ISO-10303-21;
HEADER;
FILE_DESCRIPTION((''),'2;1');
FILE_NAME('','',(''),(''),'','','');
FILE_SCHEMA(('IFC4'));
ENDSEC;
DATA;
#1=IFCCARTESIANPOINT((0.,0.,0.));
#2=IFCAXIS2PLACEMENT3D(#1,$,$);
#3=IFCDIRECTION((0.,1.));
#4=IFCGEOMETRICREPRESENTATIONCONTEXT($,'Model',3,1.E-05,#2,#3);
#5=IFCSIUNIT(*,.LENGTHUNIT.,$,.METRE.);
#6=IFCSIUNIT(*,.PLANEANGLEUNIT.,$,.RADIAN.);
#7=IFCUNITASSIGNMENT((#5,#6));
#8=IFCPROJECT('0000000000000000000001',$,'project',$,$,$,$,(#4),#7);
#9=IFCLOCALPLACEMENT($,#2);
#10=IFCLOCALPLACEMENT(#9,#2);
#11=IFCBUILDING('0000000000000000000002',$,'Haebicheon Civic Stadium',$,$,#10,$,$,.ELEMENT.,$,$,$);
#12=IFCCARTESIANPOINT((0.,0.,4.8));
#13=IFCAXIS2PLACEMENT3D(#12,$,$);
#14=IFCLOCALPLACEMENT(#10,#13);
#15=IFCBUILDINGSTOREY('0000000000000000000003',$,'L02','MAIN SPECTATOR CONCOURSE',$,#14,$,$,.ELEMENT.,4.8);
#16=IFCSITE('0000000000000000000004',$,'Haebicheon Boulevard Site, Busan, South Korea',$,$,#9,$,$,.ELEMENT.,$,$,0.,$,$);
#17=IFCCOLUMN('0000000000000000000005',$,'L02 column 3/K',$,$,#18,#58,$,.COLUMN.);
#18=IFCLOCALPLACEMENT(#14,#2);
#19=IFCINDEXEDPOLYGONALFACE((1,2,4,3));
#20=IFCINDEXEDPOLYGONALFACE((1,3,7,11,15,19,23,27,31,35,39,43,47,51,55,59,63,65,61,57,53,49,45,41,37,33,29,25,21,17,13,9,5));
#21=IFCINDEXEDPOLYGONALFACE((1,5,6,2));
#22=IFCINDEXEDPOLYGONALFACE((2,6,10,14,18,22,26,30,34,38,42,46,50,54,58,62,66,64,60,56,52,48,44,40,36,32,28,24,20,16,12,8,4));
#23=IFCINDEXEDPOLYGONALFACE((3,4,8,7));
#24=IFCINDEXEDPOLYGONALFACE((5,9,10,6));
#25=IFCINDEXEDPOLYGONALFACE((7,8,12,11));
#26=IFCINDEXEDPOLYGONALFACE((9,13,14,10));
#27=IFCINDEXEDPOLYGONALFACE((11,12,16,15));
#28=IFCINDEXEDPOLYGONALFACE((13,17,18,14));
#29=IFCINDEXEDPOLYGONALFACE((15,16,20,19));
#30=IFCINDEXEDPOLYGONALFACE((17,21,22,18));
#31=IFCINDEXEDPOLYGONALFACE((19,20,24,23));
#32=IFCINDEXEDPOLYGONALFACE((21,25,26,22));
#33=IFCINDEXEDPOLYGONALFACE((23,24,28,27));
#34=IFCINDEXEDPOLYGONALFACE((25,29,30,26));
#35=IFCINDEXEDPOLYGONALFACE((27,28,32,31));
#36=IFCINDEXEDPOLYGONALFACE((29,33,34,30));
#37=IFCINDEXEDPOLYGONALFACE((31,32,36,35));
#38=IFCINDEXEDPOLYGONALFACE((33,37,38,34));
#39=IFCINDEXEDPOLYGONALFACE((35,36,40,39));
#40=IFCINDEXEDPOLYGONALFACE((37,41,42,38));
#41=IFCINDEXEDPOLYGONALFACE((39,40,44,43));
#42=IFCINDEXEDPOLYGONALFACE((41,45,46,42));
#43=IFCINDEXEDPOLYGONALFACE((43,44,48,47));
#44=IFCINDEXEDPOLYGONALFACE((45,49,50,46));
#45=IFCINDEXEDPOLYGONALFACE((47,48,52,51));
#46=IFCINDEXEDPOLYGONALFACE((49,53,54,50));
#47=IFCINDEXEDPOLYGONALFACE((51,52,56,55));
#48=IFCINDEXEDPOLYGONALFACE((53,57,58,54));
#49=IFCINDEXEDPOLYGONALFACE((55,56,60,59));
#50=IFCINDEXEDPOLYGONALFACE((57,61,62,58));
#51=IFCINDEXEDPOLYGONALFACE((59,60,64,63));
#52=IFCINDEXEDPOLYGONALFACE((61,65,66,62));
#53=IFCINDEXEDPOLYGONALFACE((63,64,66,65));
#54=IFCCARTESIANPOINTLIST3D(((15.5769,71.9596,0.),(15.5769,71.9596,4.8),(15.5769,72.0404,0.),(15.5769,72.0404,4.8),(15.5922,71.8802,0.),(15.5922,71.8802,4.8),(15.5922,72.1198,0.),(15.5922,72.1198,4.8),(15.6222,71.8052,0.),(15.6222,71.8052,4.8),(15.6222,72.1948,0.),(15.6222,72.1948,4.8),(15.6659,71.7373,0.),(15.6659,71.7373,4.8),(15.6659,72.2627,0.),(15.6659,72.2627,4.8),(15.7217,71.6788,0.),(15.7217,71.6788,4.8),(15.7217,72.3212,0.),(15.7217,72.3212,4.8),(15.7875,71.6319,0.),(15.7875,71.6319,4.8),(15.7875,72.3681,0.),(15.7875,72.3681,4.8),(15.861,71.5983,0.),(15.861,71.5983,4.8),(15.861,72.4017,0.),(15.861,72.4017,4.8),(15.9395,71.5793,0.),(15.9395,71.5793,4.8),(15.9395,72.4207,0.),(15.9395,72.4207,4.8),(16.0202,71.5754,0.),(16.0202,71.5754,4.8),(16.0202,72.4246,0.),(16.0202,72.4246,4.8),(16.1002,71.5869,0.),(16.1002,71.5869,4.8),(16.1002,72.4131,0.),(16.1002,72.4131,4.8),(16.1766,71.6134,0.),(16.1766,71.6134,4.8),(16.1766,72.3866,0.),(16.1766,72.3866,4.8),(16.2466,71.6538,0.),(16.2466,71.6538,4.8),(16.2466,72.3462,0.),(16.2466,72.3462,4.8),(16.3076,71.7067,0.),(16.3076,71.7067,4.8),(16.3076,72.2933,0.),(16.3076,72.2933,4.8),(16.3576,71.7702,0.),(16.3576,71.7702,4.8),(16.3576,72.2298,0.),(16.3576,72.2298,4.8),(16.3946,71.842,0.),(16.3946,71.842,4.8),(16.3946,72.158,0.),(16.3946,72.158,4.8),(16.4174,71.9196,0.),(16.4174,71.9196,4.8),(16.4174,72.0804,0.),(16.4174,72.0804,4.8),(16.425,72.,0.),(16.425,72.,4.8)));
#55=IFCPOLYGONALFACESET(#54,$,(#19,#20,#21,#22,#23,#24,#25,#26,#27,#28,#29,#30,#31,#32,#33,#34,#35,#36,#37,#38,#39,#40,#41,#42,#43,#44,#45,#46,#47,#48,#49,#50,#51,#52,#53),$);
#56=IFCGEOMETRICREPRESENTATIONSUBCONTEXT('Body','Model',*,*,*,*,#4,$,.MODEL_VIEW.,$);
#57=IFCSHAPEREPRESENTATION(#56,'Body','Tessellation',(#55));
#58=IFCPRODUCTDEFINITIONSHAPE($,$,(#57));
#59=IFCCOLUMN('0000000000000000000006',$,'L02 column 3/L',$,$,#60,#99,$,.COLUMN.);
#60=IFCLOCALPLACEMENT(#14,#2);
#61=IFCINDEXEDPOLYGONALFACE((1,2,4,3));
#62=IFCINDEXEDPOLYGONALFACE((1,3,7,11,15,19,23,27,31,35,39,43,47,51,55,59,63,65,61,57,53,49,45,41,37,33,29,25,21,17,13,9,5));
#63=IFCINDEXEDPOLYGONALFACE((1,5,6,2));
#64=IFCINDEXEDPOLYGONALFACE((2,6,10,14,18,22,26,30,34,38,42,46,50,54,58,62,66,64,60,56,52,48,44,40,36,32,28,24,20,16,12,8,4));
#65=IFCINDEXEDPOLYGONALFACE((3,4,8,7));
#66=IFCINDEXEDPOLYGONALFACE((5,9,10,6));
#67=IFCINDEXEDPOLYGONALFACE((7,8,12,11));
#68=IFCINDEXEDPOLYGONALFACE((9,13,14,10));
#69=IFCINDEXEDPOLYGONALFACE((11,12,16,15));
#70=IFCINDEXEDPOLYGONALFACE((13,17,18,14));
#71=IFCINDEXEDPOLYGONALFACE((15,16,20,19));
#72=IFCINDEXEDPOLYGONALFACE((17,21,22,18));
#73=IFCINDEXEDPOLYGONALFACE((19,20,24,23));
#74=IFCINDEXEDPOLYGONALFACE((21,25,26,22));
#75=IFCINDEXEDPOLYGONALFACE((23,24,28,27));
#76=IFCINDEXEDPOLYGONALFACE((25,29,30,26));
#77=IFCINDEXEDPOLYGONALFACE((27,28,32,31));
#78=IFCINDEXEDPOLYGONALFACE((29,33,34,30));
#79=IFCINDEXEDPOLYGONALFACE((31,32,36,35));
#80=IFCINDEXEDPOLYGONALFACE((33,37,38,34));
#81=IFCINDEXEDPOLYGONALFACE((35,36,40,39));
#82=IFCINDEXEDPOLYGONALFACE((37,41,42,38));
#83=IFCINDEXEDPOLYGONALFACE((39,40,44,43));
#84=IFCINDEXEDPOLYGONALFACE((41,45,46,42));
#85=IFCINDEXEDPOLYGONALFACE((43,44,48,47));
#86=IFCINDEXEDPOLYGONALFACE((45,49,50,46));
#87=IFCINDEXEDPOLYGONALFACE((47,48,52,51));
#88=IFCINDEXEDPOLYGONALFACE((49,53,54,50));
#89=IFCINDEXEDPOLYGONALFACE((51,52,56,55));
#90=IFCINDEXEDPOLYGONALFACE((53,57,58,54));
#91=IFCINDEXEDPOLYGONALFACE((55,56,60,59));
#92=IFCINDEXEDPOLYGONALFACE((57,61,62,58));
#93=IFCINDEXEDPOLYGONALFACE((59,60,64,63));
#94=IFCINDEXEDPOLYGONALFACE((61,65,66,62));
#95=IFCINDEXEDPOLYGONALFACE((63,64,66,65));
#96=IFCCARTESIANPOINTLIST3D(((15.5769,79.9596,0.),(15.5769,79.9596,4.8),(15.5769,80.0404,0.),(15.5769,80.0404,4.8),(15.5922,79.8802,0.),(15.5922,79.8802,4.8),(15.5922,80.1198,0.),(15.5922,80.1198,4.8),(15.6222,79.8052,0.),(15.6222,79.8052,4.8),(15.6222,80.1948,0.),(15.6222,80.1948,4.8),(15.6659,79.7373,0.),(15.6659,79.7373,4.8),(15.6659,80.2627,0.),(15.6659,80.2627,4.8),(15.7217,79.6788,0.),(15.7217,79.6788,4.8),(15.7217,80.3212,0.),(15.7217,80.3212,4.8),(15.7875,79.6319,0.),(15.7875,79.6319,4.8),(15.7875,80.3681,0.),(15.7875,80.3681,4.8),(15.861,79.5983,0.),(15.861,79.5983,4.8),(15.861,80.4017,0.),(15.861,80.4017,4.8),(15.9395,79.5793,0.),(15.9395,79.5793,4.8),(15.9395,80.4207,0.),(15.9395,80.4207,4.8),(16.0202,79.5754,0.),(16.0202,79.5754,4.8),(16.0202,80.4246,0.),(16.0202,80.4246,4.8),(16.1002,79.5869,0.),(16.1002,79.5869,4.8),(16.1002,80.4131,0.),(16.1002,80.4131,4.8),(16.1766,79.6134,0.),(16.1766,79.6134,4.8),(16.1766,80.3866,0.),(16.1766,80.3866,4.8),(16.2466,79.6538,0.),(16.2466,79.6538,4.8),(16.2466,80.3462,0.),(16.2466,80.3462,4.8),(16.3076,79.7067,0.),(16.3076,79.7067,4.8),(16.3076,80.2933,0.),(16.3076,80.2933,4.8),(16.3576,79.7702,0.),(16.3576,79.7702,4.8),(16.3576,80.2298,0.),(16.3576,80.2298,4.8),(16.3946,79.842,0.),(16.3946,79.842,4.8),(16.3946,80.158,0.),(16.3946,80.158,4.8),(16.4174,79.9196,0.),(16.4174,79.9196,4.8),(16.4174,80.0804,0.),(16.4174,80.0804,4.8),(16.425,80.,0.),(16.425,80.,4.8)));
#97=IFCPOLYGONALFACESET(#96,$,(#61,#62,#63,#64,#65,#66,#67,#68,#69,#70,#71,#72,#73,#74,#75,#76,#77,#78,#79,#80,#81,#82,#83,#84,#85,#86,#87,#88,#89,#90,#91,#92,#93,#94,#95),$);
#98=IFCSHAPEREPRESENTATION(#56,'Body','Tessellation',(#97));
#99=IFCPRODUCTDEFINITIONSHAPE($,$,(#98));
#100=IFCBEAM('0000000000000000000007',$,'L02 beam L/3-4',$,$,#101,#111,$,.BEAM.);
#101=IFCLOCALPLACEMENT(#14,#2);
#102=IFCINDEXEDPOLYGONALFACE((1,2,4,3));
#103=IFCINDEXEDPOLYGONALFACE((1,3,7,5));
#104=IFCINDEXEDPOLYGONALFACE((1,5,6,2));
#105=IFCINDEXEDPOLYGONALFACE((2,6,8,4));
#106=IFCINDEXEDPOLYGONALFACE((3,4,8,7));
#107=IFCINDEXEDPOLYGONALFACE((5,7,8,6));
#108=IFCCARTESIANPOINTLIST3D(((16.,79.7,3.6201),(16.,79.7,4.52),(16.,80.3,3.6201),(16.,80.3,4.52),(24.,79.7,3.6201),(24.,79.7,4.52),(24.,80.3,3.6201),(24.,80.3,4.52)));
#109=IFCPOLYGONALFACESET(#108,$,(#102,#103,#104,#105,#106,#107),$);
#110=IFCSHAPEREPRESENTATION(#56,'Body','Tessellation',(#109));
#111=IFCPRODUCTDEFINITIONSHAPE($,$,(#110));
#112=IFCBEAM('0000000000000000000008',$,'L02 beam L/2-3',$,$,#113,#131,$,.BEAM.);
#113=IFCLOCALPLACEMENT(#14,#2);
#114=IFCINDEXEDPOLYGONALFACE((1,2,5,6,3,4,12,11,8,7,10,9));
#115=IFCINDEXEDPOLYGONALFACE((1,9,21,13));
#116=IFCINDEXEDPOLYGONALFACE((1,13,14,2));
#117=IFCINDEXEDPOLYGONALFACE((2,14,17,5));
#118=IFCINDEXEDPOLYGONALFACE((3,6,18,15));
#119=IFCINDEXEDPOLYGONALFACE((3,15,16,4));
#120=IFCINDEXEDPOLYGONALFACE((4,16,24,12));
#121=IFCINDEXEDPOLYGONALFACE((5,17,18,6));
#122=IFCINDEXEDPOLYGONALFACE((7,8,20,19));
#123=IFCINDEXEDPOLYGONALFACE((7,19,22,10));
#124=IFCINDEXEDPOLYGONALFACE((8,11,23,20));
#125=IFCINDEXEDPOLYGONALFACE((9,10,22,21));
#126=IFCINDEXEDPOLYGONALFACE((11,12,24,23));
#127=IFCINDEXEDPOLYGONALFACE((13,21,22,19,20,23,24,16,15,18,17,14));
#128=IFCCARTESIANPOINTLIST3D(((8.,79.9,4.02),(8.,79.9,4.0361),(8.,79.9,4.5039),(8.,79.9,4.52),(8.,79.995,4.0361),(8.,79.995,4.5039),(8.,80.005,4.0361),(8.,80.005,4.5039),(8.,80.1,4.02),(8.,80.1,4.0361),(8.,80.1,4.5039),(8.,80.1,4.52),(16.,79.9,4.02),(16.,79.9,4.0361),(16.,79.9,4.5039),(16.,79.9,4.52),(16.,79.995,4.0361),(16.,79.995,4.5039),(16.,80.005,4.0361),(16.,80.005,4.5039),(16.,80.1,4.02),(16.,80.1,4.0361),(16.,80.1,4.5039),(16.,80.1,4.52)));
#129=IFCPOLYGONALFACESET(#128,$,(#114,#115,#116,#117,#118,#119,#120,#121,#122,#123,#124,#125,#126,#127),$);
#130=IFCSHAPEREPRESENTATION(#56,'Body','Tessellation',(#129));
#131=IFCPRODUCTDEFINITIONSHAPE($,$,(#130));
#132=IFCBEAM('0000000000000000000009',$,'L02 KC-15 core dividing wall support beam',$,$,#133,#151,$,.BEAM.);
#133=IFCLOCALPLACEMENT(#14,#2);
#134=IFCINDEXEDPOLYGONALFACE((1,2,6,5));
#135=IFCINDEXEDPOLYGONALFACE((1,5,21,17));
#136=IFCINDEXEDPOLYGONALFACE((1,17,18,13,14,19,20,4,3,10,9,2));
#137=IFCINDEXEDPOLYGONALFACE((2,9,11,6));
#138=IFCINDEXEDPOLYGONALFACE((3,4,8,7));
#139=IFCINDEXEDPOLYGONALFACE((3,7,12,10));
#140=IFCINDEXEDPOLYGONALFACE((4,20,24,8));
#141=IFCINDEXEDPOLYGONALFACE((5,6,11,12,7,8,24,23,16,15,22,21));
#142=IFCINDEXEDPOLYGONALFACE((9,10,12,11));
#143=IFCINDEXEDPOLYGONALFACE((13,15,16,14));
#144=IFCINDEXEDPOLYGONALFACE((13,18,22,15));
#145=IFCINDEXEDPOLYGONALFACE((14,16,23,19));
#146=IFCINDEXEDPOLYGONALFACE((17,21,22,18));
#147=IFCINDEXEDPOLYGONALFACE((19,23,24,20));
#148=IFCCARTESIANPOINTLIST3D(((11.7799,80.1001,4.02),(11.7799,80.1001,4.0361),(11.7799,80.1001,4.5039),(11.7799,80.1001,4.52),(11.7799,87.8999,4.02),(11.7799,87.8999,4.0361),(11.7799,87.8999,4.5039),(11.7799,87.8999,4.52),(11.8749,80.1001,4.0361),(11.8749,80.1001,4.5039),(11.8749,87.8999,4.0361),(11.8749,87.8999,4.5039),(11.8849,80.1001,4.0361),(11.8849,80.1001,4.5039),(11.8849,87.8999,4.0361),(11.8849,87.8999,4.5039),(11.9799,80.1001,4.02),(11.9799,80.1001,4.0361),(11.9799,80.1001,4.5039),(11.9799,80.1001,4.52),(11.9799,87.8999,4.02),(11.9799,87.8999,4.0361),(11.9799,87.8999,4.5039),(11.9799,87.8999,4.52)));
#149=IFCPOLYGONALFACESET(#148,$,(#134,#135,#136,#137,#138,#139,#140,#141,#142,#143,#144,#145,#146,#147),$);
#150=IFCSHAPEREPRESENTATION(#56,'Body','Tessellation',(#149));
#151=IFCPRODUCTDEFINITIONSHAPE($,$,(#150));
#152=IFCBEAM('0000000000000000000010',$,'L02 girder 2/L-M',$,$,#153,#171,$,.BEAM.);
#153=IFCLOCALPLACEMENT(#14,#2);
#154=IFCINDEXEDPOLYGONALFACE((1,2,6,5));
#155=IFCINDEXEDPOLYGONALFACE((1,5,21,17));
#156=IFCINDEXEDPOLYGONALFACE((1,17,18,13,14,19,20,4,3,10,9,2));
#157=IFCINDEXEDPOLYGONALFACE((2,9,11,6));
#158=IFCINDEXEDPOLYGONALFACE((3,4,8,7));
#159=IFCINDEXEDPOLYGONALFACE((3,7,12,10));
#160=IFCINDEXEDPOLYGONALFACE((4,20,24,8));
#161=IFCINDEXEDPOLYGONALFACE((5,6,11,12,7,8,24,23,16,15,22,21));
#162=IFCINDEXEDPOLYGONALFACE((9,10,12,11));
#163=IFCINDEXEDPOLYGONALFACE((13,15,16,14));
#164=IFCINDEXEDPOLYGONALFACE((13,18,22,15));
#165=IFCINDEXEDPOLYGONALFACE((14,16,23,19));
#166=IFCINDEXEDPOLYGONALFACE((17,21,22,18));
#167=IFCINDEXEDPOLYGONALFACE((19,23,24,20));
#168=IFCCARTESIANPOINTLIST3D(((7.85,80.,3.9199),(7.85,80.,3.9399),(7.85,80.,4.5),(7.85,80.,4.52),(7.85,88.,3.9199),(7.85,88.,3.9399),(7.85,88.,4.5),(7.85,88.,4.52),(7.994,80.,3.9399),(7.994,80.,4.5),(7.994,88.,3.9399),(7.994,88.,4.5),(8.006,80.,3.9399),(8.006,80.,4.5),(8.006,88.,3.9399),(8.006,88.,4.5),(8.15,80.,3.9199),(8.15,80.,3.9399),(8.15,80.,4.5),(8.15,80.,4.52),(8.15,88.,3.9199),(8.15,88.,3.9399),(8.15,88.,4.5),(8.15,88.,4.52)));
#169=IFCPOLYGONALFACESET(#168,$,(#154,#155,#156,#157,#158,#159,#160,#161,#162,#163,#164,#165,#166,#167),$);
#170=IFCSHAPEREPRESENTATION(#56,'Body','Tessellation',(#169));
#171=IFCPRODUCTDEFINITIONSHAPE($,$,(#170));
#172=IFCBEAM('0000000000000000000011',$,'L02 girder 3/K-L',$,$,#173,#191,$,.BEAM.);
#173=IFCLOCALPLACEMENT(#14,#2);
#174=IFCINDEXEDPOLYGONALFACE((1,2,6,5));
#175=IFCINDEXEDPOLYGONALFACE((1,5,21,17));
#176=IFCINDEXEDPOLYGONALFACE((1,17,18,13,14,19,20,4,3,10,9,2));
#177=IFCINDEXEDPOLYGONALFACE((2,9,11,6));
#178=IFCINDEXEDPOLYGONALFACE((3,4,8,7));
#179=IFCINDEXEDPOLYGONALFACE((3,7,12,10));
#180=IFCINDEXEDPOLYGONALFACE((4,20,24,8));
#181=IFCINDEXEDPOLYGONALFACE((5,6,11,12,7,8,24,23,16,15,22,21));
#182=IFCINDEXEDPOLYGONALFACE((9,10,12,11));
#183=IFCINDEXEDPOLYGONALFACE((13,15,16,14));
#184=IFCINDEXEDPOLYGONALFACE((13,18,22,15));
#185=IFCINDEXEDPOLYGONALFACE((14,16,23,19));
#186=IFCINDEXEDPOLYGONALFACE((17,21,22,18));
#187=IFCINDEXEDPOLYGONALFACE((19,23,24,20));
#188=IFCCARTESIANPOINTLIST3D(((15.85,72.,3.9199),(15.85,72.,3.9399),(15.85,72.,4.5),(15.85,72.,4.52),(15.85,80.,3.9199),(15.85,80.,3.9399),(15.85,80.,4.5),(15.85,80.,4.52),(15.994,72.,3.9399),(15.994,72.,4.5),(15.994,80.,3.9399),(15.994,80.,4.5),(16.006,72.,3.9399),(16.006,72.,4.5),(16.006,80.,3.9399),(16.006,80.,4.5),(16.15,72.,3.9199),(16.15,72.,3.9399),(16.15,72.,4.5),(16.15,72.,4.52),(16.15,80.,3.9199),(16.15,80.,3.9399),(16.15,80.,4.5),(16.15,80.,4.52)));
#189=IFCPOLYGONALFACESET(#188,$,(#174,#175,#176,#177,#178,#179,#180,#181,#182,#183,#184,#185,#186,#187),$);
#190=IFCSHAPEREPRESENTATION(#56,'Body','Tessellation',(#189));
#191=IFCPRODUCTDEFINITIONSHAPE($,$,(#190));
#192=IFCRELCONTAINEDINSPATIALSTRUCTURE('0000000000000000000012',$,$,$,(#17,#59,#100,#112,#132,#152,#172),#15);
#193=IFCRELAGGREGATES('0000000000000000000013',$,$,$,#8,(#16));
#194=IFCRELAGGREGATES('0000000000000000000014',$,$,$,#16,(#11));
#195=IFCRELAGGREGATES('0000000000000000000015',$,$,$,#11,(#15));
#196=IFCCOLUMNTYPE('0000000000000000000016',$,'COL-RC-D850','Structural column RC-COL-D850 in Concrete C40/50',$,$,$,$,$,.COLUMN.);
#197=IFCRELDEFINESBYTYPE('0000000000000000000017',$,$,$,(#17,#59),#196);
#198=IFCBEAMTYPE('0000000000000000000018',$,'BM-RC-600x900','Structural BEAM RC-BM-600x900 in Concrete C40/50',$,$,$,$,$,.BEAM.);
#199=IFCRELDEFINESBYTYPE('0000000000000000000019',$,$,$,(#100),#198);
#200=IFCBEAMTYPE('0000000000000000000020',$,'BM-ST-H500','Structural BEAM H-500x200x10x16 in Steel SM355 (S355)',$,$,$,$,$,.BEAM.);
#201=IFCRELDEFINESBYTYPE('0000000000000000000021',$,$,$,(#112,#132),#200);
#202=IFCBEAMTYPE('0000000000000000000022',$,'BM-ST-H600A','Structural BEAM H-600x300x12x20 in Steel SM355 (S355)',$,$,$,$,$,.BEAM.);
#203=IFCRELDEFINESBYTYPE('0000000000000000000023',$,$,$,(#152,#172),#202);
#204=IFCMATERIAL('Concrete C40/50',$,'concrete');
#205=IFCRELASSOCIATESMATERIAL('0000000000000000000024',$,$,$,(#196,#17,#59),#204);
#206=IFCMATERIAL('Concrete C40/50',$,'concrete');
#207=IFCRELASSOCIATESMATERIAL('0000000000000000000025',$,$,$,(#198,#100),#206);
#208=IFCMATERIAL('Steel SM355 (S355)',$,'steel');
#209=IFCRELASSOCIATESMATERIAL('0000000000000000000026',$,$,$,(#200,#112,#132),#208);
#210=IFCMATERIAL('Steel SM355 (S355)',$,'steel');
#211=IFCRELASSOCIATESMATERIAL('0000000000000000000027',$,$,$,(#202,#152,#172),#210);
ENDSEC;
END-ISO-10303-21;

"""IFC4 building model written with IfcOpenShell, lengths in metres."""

from ifc_helpers import new_model, si_unit, direction, frame, origin, origin_2d, place, context, subcontext, project, spatial, rectangle, circle, i_section, extrude, material, material_profile, profile_set, type_object, element, save


model = new_model("IFC4")

# Units and contexts
model_context = context("Model", 3, precision=1e-05, world=origin(), true_north=direction((0.0, 1.0)))
body_context = subcontext(model_context, "Body", "Model", "MODEL_VIEW")
ifc_project = project(units=[si_unit("LENGTHUNIT", "METRE"), si_unit("PLANEANGLEUNIT", "RADIAN")], contexts=[model_context])

# Site, building, storey
site_placement = place(None, origin())
site = spatial("IfcSite", under=ifc_project, at=site_placement, Name="Haebicheon Boulevard Site, Busan, South Korea", CompositionType="ELEMENT", RefElevation=0.0)
building_placement = place(site_placement, origin())
building = spatial("IfcBuilding", under=site, at=building_placement, Name="Haebicheon Civic Stadium", CompositionType="ELEMENT")
storey_placement = place(building_placement, frame((0.0, 0.0, 4.8)))
storey = spatial("IfcBuildingStorey", under=building, at=storey_placement, Name="L02", Description="MAIN SPECTATOR CONCOURSE", CompositionType="ELEMENT", Elevation=4.8)

# Columns
ifc_material_1 = material(Name="Concrete C40/50", Category="concrete")
ifc_material_profile_1 = material_profile(ifc_material_1, circle(Radius=0.425, at=origin_2d()), Name="RC-COL-D850")
ifc_profile_set_1 = profile_set([ifc_material_profile_1], Name="Concrete C40/50")
column_type = type_object("IfcColumnType", Name="COL-RC-D850", Description="Structural column RC-COL-D850 in Concrete C40/50", PredefinedType="COLUMN", material=ifc_profile_set_1)
for number, where, z_axis, x_axis, name in (
    (1, (16.0, 72.0, 0.0), (0.0, 0.0, 1.0), (1.0, 0.0, 0.0), "L02 column 3/K"),
    (2, (16.0, 80.0, 0.0), (0.0, 0.0, 1.0), (1.0, 0.0, 0.0), "L02 column 3/L"),
):
    element("IfcColumn", number, at=place(storey_placement, frame(where, z_axis=z_axis, x_axis=x_axis)), inside=storey, type_object=column_type, material=ifc_profile_set_1, Name=name, PredefinedType="COLUMN", context=body_context, shape_type="SweptSolid", body=[
        extrude(circle(Radius=0.425, at=origin_2d()), origin(), (0.0, 0.0, 1.0), 4.8),
    ])

# Beams
ifc_material_2 = material(Name="Concrete C40/50", Category="concrete")
ifc_material_profile_2 = material_profile(ifc_material_2, rectangle(XDim=0.6001, YDim=0.8999, at=origin_2d()), Name="RC-BM-600x900")
ifc_profile_set_2 = profile_set([ifc_material_profile_2], Name="Concrete C40/50")
beam_type_1 = type_object("IfcBeamType", Name="BM-RC-600x900", Description="Structural BEAM RC-BM-600x900 in Concrete C40/50", PredefinedType="BEAM", material=ifc_profile_set_2)
beam_1_placement = place(storey_placement, frame((16.0, 80.0, 4.0701), z_axis=(1.0, 0.0, 0.0), x_axis=(0.0, 1.0, 0.0)))
element("IfcBeam", 3, at=beam_1_placement, inside=storey, type_object=beam_type_1, material=ifc_profile_set_2, Name="L02 beam L/3-4", PredefinedType="BEAM", context=body_context, shape_type="SweptSolid", body=[
    extrude(rectangle(XDim=0.6001, YDim=0.8999, at=origin_2d()), origin(), (0.0, 0.0, 1.0), 8.0),
])
ifc_material_3 = material(Name="Steel SM355 (S355)", Category="steel")
ifc_material_profile_3 = material_profile(ifc_material_3, i_section(OverallWidth=0.2, OverallDepth=0.5, WebThickness=0.01, FlangeThickness=0.0161, at=origin_2d()), Name="H-500x200x10x16")
ifc_profile_set_3 = profile_set([ifc_material_profile_3], Name="Steel SM355 (S355)")
beam_type_2 = type_object("IfcBeamType", Name="BM-ST-H500", Description="Structural BEAM H-500x200x10x16 in Steel SM355 (S355)", PredefinedType="BEAM", material=ifc_profile_set_3)
beam_2_placement = place(storey_placement, frame((8.0, 80.0, 4.27), z_axis=(1.0, 0.0, 0.0), x_axis=(0.0, 1.0, 0.0)))
element("IfcBeam", 4, at=beam_2_placement, inside=storey, type_object=beam_type_2, material=ifc_profile_set_3, Name="L02 beam L/2-3", PredefinedType="BEAM", context=body_context, shape_type="SweptSolid", body=[
    extrude(i_section(OverallWidth=0.2, OverallDepth=0.5, WebThickness=0.01, FlangeThickness=0.0161, at=origin_2d()), origin(), (0.0, 0.0, 1.0), 8.0),
])
beam_3_placement = place(storey_placement, frame((11.8799, 80.1001, 4.27), z_axis=(0.0, 1.0, 0.0), x_axis=(-1.0, 0.0, 0.0)))
element("IfcBeam", 5, at=beam_3_placement, inside=storey, type_object=beam_type_2, material=ifc_profile_set_3, Name="L02 KC-15 core dividing wall support beam", PredefinedType="BEAM", context=body_context, shape_type="SweptSolid", body=[
    extrude(i_section(OverallWidth=0.2, OverallDepth=0.5, WebThickness=0.01, FlangeThickness=0.0161, at=origin_2d()), origin(), (0.0, 0.0, 1.0), 7.7998),
])
ifc_material_4 = material(Name="Steel SM355 (S355)", Category="steel")
ifc_material_profile_4 = material_profile(ifc_material_4, i_section(OverallWidth=0.3, OverallDepth=0.6001, WebThickness=0.012, FlangeThickness=0.02, at=origin_2d()), Name="H-600x300x12x20")
ifc_profile_set_4 = profile_set([ifc_material_profile_4], Name="Steel SM355 (S355)")
beam_type_3 = type_object("IfcBeamType", Name="BM-ST-H600A", Description="Structural BEAM H-600x300x12x20 in Steel SM355 (S355)", PredefinedType="BEAM", material=ifc_profile_set_4)
for number, where, z_axis, x_axis, name in (
    (6, (8.0, 80.0, 4.22), (0.0, 1.0, 0.0), (-1.0, 0.0, 0.0), "L02 girder 2/L-M"),
    (7, (16.0, 72.0, 4.22), (0.0, 1.0, 0.0), (-1.0, 0.0, 0.0), "L02 girder 3/K-L"),
):
    element("IfcBeam", number, at=place(storey_placement, frame(where, z_axis=z_axis, x_axis=x_axis)), inside=storey, type_object=beam_type_3, material=ifc_profile_set_4, Name=name, PredefinedType="BEAM", context=body_context, shape_type="SweptSolid", body=[
        extrude(i_section(OverallWidth=0.3, OverallDepth=0.6001, WebThickness=0.012, FlangeThickness=0.02, at=origin_2d()), origin(), (0.0, 0.0, 1.0), 8.0),
    ])

save(model, "model.ifc")
